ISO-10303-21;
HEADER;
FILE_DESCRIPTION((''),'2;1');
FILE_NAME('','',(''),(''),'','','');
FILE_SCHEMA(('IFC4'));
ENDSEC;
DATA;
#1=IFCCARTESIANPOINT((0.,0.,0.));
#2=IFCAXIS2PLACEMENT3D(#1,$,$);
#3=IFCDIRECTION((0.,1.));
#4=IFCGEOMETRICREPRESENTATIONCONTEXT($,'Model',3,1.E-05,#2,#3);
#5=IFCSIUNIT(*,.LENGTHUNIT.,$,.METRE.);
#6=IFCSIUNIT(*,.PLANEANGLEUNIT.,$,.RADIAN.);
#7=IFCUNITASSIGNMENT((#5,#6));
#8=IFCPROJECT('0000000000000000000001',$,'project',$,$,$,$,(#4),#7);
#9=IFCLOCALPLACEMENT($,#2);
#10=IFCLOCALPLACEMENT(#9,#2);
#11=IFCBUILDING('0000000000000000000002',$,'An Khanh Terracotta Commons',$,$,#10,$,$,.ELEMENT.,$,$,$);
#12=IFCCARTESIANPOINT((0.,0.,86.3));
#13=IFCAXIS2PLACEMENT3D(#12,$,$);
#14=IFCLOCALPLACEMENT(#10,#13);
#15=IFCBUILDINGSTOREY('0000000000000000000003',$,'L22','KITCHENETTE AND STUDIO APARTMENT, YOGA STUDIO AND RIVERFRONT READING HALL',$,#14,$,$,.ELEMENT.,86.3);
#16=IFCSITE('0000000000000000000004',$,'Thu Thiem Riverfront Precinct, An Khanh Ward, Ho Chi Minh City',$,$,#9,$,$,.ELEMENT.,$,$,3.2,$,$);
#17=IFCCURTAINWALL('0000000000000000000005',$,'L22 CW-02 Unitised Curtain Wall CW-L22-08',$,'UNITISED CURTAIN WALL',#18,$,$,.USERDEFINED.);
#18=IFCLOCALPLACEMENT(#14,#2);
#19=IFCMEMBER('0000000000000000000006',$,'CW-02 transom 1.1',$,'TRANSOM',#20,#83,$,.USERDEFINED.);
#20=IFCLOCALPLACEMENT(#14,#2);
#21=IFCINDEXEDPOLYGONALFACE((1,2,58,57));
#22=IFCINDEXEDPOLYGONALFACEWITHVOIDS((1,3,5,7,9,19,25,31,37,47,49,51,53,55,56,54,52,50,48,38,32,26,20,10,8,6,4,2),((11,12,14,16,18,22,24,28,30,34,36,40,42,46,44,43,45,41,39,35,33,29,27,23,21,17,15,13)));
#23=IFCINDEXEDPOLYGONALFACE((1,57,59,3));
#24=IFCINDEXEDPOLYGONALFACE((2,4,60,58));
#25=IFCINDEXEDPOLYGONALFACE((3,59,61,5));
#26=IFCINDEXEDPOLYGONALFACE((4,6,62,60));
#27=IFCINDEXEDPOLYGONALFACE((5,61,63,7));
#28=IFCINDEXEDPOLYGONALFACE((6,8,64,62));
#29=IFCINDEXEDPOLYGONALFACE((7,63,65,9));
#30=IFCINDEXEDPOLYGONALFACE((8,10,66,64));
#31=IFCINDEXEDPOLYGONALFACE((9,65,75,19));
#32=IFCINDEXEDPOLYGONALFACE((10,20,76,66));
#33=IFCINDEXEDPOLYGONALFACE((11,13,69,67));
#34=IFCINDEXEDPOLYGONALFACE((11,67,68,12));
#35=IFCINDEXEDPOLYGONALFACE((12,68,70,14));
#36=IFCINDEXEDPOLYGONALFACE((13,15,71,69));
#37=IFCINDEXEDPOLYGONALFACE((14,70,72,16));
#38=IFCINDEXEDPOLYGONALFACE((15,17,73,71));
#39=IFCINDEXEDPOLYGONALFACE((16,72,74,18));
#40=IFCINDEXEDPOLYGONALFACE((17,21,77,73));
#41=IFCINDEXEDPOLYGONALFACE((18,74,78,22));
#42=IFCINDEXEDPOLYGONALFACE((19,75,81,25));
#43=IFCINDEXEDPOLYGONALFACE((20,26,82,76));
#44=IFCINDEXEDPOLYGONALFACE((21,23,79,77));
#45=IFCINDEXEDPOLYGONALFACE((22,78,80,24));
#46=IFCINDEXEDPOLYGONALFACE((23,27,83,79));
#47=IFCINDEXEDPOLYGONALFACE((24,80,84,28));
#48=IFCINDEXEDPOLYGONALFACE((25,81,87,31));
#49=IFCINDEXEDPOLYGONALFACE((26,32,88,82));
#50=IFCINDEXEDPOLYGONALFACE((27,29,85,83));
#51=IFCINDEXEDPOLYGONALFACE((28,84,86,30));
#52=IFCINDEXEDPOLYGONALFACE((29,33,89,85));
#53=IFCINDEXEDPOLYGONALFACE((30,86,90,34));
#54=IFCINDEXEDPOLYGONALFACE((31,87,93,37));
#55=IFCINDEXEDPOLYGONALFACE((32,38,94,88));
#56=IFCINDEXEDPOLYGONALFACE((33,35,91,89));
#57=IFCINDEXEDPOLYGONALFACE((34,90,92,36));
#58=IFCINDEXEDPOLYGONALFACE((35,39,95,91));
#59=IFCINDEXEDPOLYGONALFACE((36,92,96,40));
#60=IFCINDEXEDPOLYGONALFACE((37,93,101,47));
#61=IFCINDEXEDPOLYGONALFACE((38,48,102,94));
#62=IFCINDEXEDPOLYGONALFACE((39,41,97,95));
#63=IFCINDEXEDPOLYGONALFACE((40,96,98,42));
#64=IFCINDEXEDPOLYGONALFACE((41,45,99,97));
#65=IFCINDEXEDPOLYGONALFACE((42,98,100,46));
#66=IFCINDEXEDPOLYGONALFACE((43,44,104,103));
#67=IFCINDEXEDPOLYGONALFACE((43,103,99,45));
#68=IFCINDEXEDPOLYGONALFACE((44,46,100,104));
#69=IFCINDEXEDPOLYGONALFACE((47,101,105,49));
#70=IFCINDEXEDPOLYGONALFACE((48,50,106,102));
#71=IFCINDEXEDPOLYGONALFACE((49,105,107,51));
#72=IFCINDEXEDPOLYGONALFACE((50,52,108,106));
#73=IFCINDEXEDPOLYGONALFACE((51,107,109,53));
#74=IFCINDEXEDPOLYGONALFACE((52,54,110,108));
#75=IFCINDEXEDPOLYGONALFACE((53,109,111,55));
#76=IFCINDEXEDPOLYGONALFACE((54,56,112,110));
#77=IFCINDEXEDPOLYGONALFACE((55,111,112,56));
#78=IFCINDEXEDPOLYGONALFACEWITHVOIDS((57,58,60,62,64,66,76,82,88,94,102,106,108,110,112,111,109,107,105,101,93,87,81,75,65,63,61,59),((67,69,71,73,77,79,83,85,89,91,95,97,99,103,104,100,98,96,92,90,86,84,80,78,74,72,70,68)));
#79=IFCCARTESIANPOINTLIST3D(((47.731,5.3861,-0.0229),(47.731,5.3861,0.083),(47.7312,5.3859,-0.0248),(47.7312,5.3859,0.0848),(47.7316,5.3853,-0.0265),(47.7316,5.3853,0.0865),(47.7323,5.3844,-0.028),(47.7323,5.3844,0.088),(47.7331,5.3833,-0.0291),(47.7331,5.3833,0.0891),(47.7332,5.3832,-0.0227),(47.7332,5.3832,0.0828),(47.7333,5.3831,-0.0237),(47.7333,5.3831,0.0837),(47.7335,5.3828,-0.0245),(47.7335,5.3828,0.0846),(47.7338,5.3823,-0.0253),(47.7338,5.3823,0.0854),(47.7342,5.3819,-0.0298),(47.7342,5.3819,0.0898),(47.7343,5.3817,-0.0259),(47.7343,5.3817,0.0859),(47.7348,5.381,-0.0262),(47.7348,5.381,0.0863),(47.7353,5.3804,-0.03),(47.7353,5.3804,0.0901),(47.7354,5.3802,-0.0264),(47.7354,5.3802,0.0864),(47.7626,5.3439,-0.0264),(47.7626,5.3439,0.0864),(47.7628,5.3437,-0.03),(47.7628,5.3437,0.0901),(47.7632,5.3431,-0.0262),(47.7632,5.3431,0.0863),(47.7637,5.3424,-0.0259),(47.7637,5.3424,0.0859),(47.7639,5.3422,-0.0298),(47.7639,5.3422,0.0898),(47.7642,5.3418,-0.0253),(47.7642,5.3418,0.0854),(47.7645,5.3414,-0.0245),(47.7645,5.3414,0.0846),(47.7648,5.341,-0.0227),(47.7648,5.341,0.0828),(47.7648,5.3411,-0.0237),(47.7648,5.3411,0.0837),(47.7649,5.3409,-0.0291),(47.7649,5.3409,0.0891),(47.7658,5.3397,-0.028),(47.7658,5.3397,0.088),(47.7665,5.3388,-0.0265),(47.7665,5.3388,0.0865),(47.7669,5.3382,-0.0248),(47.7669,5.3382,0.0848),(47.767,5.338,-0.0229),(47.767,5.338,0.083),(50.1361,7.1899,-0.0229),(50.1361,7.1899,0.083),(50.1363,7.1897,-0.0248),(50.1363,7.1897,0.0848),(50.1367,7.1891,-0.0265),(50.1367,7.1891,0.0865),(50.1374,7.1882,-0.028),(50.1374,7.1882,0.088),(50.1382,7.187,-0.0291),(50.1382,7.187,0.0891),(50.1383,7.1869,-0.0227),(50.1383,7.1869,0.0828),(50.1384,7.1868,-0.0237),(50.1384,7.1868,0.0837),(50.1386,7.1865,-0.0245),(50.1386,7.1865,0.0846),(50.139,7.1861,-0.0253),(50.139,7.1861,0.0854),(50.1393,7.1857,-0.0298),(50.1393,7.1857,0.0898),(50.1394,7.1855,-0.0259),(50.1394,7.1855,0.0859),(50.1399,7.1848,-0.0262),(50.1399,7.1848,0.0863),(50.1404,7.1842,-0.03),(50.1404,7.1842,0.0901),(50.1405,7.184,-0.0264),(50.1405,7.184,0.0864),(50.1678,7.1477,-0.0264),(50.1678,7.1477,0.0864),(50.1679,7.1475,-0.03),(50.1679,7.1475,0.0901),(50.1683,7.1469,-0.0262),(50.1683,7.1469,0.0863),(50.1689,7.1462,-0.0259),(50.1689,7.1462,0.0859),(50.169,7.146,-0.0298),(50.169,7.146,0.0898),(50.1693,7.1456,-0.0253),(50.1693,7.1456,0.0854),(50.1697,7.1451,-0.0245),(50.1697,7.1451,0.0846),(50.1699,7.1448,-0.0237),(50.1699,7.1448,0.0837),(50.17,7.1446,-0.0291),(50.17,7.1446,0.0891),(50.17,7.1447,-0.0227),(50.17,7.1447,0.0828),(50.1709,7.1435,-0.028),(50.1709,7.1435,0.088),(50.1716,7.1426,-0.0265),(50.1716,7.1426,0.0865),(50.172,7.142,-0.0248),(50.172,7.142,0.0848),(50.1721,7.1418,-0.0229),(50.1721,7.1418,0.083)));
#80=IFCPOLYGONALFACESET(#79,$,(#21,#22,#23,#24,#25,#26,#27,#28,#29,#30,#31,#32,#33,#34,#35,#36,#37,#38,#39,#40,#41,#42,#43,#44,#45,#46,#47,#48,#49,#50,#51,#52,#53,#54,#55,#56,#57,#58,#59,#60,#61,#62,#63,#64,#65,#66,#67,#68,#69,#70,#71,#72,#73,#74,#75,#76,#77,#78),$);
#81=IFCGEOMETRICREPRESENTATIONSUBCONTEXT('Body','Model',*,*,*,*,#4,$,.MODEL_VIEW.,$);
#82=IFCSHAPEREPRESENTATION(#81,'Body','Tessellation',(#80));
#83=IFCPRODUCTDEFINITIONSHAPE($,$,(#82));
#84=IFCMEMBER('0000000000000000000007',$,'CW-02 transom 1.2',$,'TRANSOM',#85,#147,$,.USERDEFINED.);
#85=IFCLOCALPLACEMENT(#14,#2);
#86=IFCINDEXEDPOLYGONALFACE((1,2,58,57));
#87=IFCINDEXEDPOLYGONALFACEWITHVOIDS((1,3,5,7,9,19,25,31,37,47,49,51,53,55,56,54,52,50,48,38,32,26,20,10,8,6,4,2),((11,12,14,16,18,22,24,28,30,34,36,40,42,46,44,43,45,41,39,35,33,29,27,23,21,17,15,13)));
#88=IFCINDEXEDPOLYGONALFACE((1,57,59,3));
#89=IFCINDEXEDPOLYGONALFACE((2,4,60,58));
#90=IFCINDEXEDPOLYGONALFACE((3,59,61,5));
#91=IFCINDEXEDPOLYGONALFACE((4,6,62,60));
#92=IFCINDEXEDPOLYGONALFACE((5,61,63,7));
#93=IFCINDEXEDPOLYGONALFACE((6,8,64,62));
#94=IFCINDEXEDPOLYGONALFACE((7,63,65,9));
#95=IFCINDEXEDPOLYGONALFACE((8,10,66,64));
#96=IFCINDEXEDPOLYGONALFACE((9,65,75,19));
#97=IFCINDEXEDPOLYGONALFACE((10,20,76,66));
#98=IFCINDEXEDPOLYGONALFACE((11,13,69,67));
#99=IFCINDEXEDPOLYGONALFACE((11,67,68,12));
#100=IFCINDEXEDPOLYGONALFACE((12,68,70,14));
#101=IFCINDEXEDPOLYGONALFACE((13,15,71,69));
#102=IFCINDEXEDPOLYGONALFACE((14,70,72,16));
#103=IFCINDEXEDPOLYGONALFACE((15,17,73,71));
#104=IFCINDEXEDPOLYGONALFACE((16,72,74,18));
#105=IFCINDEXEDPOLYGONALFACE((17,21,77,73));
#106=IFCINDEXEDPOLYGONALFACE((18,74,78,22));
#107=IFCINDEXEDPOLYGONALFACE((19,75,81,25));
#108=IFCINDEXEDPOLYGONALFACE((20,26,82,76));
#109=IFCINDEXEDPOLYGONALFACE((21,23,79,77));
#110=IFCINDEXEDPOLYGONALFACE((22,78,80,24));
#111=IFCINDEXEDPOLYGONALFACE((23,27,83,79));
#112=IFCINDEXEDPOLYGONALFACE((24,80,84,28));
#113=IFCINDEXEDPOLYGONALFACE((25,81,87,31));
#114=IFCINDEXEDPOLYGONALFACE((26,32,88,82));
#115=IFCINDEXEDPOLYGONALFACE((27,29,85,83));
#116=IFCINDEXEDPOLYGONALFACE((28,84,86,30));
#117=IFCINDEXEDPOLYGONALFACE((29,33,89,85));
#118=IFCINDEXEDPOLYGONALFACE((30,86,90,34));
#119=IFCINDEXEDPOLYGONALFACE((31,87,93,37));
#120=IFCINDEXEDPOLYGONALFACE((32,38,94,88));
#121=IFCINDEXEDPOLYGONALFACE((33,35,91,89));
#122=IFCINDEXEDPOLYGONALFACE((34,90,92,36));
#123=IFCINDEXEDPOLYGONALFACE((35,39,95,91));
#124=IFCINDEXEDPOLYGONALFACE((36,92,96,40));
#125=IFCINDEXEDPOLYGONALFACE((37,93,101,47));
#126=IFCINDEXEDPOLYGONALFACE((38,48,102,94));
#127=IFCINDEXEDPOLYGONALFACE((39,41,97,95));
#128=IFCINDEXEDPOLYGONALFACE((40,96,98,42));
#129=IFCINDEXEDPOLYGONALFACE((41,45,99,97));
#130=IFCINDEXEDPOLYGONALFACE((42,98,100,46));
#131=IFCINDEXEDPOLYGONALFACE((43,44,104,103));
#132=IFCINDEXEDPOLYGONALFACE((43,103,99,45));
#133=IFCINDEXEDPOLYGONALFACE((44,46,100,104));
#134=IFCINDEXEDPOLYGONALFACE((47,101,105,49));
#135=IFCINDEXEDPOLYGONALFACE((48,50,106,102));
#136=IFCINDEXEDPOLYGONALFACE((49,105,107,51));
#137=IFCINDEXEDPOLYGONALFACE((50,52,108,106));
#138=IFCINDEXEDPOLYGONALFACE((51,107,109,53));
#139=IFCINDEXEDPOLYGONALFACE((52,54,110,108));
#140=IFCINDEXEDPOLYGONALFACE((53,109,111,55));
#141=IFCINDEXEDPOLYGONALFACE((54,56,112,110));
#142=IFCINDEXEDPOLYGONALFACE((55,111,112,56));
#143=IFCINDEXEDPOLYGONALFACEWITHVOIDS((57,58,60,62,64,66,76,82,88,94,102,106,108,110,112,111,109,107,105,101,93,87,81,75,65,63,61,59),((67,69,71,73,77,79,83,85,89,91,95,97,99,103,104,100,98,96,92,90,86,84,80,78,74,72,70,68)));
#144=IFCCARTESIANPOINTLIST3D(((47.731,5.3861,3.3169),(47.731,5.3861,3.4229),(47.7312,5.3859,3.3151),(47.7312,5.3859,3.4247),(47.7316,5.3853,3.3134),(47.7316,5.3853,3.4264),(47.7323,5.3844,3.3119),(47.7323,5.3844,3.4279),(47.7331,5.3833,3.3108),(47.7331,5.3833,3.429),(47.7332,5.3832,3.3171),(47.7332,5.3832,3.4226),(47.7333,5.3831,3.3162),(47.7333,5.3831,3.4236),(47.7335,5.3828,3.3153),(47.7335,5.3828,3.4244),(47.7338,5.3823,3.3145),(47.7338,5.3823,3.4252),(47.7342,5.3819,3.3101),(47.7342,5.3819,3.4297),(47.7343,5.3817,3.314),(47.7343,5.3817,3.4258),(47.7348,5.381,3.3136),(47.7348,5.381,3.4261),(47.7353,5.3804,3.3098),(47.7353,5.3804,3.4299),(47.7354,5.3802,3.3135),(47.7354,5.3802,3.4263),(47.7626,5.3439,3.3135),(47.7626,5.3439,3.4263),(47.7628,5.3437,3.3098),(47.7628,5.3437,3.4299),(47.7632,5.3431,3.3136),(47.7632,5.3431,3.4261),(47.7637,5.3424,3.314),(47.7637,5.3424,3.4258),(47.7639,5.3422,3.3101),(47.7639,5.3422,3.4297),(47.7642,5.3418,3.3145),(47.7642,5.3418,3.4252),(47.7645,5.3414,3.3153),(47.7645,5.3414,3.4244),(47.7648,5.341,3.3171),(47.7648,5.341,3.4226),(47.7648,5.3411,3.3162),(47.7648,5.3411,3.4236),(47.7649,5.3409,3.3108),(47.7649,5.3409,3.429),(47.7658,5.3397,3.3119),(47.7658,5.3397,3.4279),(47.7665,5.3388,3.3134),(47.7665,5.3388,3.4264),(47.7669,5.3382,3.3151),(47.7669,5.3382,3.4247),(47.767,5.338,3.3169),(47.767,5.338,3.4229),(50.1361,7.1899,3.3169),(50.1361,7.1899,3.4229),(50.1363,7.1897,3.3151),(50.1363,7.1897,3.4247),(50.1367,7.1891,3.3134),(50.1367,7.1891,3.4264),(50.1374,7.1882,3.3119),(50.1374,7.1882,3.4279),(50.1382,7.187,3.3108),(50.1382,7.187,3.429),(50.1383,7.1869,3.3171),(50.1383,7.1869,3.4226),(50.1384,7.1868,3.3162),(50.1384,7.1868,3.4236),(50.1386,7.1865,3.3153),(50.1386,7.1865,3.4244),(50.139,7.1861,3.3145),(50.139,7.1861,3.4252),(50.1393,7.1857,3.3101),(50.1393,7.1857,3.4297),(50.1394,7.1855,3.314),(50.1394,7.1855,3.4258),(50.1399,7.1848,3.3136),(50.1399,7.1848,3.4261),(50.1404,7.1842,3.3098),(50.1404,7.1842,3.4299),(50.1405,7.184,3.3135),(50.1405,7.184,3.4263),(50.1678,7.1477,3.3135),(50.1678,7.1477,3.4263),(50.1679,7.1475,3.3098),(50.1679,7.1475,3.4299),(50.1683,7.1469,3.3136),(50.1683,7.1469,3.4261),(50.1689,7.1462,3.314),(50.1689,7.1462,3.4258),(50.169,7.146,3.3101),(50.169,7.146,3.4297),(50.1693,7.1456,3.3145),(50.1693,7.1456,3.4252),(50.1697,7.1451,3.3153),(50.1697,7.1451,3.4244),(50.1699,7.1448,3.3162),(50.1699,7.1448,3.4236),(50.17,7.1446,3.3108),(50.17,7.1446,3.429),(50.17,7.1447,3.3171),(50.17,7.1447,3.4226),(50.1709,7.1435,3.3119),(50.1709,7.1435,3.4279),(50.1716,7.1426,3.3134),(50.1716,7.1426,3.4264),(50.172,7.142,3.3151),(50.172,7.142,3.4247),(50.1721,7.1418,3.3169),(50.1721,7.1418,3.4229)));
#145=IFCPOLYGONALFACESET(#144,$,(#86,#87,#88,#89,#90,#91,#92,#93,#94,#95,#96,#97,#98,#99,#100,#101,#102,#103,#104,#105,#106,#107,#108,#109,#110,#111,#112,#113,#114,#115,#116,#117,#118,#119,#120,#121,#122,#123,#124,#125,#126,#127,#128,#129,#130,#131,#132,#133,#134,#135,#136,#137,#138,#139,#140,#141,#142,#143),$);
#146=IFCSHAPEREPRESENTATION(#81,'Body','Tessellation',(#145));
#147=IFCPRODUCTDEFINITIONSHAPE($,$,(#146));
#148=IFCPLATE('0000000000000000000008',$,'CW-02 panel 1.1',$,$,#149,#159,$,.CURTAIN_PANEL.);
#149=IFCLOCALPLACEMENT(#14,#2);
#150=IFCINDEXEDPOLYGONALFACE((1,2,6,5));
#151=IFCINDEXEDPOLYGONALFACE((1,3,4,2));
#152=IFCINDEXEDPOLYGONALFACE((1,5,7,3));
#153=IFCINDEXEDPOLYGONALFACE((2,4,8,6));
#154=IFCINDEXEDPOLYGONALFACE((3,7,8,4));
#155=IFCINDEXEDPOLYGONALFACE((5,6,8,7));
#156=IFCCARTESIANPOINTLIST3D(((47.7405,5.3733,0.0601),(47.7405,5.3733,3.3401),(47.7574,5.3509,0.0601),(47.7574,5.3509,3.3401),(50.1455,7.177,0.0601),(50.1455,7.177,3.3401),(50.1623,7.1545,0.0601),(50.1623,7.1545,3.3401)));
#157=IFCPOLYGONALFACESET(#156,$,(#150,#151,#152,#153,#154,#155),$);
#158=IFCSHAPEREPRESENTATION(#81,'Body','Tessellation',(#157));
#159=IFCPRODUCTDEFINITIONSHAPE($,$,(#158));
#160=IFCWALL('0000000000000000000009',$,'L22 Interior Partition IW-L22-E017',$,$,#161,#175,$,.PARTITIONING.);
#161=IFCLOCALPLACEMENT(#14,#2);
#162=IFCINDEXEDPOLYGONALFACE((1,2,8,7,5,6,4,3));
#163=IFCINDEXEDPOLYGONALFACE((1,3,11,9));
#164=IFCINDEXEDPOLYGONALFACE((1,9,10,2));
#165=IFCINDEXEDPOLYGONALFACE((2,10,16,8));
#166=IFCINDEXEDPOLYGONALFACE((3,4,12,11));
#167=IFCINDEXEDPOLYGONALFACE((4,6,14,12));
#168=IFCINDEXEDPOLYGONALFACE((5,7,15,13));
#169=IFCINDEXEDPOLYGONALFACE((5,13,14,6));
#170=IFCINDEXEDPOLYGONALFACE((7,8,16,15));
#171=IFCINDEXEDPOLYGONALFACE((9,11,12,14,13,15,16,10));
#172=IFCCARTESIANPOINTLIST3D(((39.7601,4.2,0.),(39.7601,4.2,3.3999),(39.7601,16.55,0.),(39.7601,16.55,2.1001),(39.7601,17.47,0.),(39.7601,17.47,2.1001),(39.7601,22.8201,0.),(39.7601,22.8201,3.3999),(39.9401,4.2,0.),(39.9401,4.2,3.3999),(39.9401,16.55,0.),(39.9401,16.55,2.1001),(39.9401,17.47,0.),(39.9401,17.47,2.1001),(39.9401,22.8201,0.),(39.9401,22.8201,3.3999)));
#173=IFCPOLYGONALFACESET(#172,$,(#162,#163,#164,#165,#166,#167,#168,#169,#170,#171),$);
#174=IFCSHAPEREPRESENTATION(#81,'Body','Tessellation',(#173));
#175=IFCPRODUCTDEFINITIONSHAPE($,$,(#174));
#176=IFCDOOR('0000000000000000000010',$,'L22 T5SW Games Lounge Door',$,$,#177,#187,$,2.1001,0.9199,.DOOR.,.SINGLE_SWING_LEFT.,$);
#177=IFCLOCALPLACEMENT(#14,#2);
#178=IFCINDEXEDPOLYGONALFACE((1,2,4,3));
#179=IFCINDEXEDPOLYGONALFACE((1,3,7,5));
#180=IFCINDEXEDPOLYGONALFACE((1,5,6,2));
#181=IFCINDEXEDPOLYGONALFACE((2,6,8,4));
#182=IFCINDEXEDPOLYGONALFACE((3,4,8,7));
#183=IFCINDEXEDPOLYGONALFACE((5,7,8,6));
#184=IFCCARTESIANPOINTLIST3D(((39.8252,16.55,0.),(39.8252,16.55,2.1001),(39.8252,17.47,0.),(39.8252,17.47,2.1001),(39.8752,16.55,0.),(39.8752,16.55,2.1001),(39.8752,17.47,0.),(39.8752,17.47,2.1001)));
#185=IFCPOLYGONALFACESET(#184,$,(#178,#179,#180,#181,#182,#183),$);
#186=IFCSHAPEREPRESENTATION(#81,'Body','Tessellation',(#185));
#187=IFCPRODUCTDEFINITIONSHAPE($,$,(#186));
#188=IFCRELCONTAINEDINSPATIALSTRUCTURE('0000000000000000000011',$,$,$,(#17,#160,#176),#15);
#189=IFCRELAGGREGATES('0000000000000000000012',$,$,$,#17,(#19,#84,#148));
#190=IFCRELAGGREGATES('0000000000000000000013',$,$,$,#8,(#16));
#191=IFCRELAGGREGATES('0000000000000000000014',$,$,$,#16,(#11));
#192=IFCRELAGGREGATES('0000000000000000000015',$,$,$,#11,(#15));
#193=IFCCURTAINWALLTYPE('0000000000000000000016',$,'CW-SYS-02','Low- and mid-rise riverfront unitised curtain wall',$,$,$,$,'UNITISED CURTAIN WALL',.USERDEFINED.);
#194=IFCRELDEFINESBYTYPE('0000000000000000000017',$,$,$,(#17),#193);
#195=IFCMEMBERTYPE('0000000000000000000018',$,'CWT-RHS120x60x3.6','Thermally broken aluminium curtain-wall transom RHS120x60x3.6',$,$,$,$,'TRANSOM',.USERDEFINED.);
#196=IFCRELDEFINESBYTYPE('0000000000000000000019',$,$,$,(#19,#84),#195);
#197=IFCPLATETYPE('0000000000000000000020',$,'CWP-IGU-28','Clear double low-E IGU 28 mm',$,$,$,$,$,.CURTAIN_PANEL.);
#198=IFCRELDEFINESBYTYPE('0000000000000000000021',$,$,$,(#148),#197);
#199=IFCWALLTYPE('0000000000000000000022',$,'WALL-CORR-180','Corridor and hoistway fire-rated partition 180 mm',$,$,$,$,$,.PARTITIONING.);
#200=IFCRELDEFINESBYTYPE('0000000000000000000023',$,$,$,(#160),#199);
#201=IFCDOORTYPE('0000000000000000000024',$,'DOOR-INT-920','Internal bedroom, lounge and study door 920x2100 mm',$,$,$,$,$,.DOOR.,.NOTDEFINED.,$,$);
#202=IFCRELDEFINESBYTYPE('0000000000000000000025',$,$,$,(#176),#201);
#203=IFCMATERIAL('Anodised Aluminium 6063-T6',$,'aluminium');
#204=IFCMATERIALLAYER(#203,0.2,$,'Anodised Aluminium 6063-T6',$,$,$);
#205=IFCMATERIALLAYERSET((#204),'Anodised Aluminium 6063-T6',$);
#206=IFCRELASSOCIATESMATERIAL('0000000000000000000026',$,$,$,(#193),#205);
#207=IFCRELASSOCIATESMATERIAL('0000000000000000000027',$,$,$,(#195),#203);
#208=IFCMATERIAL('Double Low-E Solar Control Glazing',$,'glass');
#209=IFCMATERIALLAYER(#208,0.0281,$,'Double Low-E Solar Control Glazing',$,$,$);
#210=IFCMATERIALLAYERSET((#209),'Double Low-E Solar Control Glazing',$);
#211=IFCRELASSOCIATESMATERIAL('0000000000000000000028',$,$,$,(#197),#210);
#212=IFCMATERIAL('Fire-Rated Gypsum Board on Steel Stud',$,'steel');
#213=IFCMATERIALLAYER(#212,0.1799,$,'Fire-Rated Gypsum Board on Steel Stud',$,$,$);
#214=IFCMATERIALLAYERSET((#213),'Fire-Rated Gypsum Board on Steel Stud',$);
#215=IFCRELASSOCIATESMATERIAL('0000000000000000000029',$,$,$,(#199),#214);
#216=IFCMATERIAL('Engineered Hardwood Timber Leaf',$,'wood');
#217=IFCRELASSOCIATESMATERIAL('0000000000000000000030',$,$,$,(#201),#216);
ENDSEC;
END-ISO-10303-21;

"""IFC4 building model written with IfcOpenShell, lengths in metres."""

from ifc_helpers import new_model, si_unit, direction, frame, frame_2d, origin, origin_2d, place, context, subcontext, project, spatial, rectangle, hollow_rectangle, extrude, material, layer, layer_set, material_profile, profile_set, type_object, element, fill, aggregate, save


model = new_model("IFC4")

# Units and contexts
model_context = context("Model", 3, precision=1e-05, world=origin(), true_north=direction((0.0, 1.0)))
body_context = subcontext(model_context, "Body", "Model", "MODEL_VIEW")
ifc_project = project(units=[si_unit("LENGTHUNIT", "METRE"), si_unit("PLANEANGLEUNIT", "RADIAN")], contexts=[model_context])

# Site, building, storey
site_placement = place(None, origin())
site = spatial("IfcSite", under=ifc_project, at=site_placement, Name="Thu Thiem Riverfront Precinct, An Khanh Ward, Ho Chi Minh City", CompositionType="ELEMENT", RefElevation=3.2)
building_placement = place(site_placement, origin())
building = spatial("IfcBuilding", under=site, at=building_placement, Name="An Khanh Terracotta Commons", CompositionType="ELEMENT")
storey_placement = place(building_placement, frame((0.0, 0.0, 86.3)))
storey = spatial("IfcBuildingStorey", under=building, at=storey_placement, Name="L22", Description="KITCHENETTE AND STUDIO APARTMENT, YOGA STUDIO AND RIVERFRONT READING HALL", CompositionType="ELEMENT", Elevation=86.3)

# Curtain wall, members, plate
ifc_material_1 = material(Name="Anodised Aluminium 6063-T6", Category="aluminium")
ifc_layer_1 = layer(ifc_material_1, 0.2, Name="Anodised Aluminium 6063-T6")
ifc_layer_set_1 = layer_set([ifc_layer_1], Name="Anodised Aluminium 6063-T6")
curtain_wall_type = type_object("IfcCurtainWallType", Name="CW-SYS-02", Description="Low- and mid-rise riverfront unitised curtain wall", ElementType="UNITISED CURTAIN WALL", PredefinedType="USERDEFINED", material=ifc_layer_set_1)
curtain_wall_placement = place(storey_placement, origin())
curtain_wall = element("IfcCurtainWall", 1, at=curtain_wall_placement, inside=storey, type_object=curtain_wall_type, Name="L22 CW-02 Unitised Curtain Wall CW-L22-08", ObjectType="UNITISED CURTAIN WALL", PredefinedType="USERDEFINED")
ifc_material_profile_1 = material_profile(ifc_material_1, hollow_rectangle(XDim=0.0601, YDim=0.1201, WallThickness=0.0037, InnerFilletRadius=0.0037, OuterFilletRadius=0.0071, at=origin_2d()), Name="RHS120x60x3.6")
ifc_profile_set_1 = profile_set([ifc_material_profile_1], Name="Anodised Aluminium 6063-T6")
member_type_1 = type_object("IfcMemberType", Name="CWT-RHS120x60x3.6", Description="Thermally broken aluminium curtain-wall transom RHS120x60x3.6", ElementType="TRANSOM", PredefinedType="USERDEFINED", material=ifc_profile_set_1)
member_1_placement = place(storey_placement, frame((47.749, 5.3621, 0.03), z_axis=(0.80001, 0.599987, 0.0), x_axis=(-0.599987, 0.80001, 0.0)))
member_1 = element("IfcMember", 2, at=member_1_placement, type_object=member_type_1, Name="CW-02 transom 1.1", ObjectType="TRANSOM", PredefinedType="USERDEFINED", context=body_context, shape_type="SweptSolid", body=[
    extrude(hollow_rectangle(XDim=0.0601, YDim=0.1201, WallThickness=0.0037, InnerFilletRadius=0.0037, OuterFilletRadius=0.0071, at=origin_2d()), origin(), (0.0, 0.0, 1.0), 3.0063),
])
member_2_placement = place(storey_placement, frame((47.749, 5.3621, 3.3699), z_axis=(0.80001, 0.599987, 0.0), x_axis=(-0.599987, 0.80001, 0.0)))
member_2 = element("IfcMember", 3, at=member_2_placement, type_object=member_type_1, Name="CW-02 transom 1.2", ObjectType="TRANSOM", PredefinedType="USERDEFINED", context=body_context, shape_type="SweptSolid", body=[
    extrude(hollow_rectangle(XDim=0.0601, YDim=0.1201, WallThickness=0.0037, InnerFilletRadius=0.0037, OuterFilletRadius=0.0071, at=origin_2d()), origin(), (0.0, 0.0, 1.0), 3.0063),
])
ifc_material_2 = material(Name="Double Low-E Solar Control Glazing", Category="glass")
ifc_layer_2 = layer(ifc_material_2, 0.0281, Name="Double Low-E Solar Control Glazing")
ifc_layer_set_2 = layer_set([ifc_layer_2], Name="Double Low-E Solar Control Glazing")
plate_type = type_object("IfcPlateType", Name="CWP-IGU-28", Description="Clear double low-E IGU 28 mm", PredefinedType="CURTAIN_PANEL", material=ifc_layer_set_2)
plate_placement = place(storey_placement, frame((48.9514, 6.2639, 0.0601), z_axis=(0.0, 0.0, 1.0), x_axis=(0.800013, 0.599983, 0.0)))
plate = element("IfcPlate", 4, at=plate_placement, type_object=plate_type, Name="CW-02 panel 1.1", PredefinedType="CURTAIN_PANEL", context=body_context, shape_type="SweptSolid", body=[
    extrude(rectangle(XDim=3.0061, YDim=0.0281, at=origin_2d()), origin(), (0.0, 0.0, 1.0), 3.28),
])
aggregate(curtain_wall, [member_1, member_2, plate])

# Wall, opening, door
ifc_material_3 = material(Name="Fire-Rated Gypsum Board on Steel Stud", Category="steel")
ifc_layer_3 = layer(ifc_material_3, 0.1799, Name="Fire-Rated Gypsum Board on Steel Stud")
ifc_layer_set_3 = layer_set([ifc_layer_3], Name="Fire-Rated Gypsum Board on Steel Stud")
wall_type_1 = type_object("IfcWallType", Name="WALL-CORR-180", Description="Corridor and hoistway fire-rated partition 180 mm", PredefinedType="PARTITIONING", material=ifc_layer_set_3)
wall_1_placement = place(storey_placement, frame((39.8501, 4.2, 0.0), z_axis=(0.0, 0.0, 1.0), x_axis=(0.0, 1.0, 0.0)))
wall_1 = element("IfcWall", 5, at=wall_1_placement, inside=storey, type_object=wall_type_1, Name="L22 Interior Partition IW-L22-E017", PredefinedType="PARTITIONING", context=body_context, shape_type="SweptSolid", body=[
    extrude(rectangle(XDim=18.6201, YDim=0.1799, at=frame_2d((9.3101, 0.0))), origin(), (0.0, 0.0, 1.0), 3.3999),
])
opening_placement = place(wall_1_placement, frame((12.3501, 0.0, 0.0)))
opening = element("IfcOpeningElement", 6, at=opening_placement, cuts=wall_1, PredefinedType="OPENING", context=body_context, shape_type="SweptSolid", body=[
    extrude(rectangle(XDim=0.9199, YDim=2.1001, at=frame_2d((0.46, 1.05))), frame((0.0, 0.0999, 0.0), z_axis=(0.0, -1.0, 0.0), x_axis=(1.0, 0.0, 0.0)), (0.0, 0.0, 1.0), 0.2),
])
ifc_material_4 = material(Name="Engineered Hardwood Timber Leaf", Category="wood")
door_type = type_object("IfcDoorType", Name="DOOR-INT-920", Description="Internal bedroom, lounge and study door 920x2100 mm", OperationType="NOTDEFINED", PredefinedType="DOOR", material=ifc_material_4)
door_placement = place(opening_placement, origin())
door = element("IfcDoor", 7, at=door_placement, inside=storey, type_object=door_type, Name="L22 T5SW Games Lounge Door", OperationType="SINGLE_SWING_LEFT", OverallHeight=2.1001, OverallWidth=0.9199, PredefinedType="DOOR", context=body_context, shape_type="SweptSolid", body=[
    extrude(rectangle(XDim=0.9199, YDim=2.1001, at=frame_2d((0.46, 1.05))), frame((0.0, 0.0249, 0.0), z_axis=(0.0, -1.0, 0.0), x_axis=(1.0, 0.0, 0.0)), (0.0, 0.0, 1.0), 0.05),
])
fill(opening, door)

save(model, "model.ifc")
